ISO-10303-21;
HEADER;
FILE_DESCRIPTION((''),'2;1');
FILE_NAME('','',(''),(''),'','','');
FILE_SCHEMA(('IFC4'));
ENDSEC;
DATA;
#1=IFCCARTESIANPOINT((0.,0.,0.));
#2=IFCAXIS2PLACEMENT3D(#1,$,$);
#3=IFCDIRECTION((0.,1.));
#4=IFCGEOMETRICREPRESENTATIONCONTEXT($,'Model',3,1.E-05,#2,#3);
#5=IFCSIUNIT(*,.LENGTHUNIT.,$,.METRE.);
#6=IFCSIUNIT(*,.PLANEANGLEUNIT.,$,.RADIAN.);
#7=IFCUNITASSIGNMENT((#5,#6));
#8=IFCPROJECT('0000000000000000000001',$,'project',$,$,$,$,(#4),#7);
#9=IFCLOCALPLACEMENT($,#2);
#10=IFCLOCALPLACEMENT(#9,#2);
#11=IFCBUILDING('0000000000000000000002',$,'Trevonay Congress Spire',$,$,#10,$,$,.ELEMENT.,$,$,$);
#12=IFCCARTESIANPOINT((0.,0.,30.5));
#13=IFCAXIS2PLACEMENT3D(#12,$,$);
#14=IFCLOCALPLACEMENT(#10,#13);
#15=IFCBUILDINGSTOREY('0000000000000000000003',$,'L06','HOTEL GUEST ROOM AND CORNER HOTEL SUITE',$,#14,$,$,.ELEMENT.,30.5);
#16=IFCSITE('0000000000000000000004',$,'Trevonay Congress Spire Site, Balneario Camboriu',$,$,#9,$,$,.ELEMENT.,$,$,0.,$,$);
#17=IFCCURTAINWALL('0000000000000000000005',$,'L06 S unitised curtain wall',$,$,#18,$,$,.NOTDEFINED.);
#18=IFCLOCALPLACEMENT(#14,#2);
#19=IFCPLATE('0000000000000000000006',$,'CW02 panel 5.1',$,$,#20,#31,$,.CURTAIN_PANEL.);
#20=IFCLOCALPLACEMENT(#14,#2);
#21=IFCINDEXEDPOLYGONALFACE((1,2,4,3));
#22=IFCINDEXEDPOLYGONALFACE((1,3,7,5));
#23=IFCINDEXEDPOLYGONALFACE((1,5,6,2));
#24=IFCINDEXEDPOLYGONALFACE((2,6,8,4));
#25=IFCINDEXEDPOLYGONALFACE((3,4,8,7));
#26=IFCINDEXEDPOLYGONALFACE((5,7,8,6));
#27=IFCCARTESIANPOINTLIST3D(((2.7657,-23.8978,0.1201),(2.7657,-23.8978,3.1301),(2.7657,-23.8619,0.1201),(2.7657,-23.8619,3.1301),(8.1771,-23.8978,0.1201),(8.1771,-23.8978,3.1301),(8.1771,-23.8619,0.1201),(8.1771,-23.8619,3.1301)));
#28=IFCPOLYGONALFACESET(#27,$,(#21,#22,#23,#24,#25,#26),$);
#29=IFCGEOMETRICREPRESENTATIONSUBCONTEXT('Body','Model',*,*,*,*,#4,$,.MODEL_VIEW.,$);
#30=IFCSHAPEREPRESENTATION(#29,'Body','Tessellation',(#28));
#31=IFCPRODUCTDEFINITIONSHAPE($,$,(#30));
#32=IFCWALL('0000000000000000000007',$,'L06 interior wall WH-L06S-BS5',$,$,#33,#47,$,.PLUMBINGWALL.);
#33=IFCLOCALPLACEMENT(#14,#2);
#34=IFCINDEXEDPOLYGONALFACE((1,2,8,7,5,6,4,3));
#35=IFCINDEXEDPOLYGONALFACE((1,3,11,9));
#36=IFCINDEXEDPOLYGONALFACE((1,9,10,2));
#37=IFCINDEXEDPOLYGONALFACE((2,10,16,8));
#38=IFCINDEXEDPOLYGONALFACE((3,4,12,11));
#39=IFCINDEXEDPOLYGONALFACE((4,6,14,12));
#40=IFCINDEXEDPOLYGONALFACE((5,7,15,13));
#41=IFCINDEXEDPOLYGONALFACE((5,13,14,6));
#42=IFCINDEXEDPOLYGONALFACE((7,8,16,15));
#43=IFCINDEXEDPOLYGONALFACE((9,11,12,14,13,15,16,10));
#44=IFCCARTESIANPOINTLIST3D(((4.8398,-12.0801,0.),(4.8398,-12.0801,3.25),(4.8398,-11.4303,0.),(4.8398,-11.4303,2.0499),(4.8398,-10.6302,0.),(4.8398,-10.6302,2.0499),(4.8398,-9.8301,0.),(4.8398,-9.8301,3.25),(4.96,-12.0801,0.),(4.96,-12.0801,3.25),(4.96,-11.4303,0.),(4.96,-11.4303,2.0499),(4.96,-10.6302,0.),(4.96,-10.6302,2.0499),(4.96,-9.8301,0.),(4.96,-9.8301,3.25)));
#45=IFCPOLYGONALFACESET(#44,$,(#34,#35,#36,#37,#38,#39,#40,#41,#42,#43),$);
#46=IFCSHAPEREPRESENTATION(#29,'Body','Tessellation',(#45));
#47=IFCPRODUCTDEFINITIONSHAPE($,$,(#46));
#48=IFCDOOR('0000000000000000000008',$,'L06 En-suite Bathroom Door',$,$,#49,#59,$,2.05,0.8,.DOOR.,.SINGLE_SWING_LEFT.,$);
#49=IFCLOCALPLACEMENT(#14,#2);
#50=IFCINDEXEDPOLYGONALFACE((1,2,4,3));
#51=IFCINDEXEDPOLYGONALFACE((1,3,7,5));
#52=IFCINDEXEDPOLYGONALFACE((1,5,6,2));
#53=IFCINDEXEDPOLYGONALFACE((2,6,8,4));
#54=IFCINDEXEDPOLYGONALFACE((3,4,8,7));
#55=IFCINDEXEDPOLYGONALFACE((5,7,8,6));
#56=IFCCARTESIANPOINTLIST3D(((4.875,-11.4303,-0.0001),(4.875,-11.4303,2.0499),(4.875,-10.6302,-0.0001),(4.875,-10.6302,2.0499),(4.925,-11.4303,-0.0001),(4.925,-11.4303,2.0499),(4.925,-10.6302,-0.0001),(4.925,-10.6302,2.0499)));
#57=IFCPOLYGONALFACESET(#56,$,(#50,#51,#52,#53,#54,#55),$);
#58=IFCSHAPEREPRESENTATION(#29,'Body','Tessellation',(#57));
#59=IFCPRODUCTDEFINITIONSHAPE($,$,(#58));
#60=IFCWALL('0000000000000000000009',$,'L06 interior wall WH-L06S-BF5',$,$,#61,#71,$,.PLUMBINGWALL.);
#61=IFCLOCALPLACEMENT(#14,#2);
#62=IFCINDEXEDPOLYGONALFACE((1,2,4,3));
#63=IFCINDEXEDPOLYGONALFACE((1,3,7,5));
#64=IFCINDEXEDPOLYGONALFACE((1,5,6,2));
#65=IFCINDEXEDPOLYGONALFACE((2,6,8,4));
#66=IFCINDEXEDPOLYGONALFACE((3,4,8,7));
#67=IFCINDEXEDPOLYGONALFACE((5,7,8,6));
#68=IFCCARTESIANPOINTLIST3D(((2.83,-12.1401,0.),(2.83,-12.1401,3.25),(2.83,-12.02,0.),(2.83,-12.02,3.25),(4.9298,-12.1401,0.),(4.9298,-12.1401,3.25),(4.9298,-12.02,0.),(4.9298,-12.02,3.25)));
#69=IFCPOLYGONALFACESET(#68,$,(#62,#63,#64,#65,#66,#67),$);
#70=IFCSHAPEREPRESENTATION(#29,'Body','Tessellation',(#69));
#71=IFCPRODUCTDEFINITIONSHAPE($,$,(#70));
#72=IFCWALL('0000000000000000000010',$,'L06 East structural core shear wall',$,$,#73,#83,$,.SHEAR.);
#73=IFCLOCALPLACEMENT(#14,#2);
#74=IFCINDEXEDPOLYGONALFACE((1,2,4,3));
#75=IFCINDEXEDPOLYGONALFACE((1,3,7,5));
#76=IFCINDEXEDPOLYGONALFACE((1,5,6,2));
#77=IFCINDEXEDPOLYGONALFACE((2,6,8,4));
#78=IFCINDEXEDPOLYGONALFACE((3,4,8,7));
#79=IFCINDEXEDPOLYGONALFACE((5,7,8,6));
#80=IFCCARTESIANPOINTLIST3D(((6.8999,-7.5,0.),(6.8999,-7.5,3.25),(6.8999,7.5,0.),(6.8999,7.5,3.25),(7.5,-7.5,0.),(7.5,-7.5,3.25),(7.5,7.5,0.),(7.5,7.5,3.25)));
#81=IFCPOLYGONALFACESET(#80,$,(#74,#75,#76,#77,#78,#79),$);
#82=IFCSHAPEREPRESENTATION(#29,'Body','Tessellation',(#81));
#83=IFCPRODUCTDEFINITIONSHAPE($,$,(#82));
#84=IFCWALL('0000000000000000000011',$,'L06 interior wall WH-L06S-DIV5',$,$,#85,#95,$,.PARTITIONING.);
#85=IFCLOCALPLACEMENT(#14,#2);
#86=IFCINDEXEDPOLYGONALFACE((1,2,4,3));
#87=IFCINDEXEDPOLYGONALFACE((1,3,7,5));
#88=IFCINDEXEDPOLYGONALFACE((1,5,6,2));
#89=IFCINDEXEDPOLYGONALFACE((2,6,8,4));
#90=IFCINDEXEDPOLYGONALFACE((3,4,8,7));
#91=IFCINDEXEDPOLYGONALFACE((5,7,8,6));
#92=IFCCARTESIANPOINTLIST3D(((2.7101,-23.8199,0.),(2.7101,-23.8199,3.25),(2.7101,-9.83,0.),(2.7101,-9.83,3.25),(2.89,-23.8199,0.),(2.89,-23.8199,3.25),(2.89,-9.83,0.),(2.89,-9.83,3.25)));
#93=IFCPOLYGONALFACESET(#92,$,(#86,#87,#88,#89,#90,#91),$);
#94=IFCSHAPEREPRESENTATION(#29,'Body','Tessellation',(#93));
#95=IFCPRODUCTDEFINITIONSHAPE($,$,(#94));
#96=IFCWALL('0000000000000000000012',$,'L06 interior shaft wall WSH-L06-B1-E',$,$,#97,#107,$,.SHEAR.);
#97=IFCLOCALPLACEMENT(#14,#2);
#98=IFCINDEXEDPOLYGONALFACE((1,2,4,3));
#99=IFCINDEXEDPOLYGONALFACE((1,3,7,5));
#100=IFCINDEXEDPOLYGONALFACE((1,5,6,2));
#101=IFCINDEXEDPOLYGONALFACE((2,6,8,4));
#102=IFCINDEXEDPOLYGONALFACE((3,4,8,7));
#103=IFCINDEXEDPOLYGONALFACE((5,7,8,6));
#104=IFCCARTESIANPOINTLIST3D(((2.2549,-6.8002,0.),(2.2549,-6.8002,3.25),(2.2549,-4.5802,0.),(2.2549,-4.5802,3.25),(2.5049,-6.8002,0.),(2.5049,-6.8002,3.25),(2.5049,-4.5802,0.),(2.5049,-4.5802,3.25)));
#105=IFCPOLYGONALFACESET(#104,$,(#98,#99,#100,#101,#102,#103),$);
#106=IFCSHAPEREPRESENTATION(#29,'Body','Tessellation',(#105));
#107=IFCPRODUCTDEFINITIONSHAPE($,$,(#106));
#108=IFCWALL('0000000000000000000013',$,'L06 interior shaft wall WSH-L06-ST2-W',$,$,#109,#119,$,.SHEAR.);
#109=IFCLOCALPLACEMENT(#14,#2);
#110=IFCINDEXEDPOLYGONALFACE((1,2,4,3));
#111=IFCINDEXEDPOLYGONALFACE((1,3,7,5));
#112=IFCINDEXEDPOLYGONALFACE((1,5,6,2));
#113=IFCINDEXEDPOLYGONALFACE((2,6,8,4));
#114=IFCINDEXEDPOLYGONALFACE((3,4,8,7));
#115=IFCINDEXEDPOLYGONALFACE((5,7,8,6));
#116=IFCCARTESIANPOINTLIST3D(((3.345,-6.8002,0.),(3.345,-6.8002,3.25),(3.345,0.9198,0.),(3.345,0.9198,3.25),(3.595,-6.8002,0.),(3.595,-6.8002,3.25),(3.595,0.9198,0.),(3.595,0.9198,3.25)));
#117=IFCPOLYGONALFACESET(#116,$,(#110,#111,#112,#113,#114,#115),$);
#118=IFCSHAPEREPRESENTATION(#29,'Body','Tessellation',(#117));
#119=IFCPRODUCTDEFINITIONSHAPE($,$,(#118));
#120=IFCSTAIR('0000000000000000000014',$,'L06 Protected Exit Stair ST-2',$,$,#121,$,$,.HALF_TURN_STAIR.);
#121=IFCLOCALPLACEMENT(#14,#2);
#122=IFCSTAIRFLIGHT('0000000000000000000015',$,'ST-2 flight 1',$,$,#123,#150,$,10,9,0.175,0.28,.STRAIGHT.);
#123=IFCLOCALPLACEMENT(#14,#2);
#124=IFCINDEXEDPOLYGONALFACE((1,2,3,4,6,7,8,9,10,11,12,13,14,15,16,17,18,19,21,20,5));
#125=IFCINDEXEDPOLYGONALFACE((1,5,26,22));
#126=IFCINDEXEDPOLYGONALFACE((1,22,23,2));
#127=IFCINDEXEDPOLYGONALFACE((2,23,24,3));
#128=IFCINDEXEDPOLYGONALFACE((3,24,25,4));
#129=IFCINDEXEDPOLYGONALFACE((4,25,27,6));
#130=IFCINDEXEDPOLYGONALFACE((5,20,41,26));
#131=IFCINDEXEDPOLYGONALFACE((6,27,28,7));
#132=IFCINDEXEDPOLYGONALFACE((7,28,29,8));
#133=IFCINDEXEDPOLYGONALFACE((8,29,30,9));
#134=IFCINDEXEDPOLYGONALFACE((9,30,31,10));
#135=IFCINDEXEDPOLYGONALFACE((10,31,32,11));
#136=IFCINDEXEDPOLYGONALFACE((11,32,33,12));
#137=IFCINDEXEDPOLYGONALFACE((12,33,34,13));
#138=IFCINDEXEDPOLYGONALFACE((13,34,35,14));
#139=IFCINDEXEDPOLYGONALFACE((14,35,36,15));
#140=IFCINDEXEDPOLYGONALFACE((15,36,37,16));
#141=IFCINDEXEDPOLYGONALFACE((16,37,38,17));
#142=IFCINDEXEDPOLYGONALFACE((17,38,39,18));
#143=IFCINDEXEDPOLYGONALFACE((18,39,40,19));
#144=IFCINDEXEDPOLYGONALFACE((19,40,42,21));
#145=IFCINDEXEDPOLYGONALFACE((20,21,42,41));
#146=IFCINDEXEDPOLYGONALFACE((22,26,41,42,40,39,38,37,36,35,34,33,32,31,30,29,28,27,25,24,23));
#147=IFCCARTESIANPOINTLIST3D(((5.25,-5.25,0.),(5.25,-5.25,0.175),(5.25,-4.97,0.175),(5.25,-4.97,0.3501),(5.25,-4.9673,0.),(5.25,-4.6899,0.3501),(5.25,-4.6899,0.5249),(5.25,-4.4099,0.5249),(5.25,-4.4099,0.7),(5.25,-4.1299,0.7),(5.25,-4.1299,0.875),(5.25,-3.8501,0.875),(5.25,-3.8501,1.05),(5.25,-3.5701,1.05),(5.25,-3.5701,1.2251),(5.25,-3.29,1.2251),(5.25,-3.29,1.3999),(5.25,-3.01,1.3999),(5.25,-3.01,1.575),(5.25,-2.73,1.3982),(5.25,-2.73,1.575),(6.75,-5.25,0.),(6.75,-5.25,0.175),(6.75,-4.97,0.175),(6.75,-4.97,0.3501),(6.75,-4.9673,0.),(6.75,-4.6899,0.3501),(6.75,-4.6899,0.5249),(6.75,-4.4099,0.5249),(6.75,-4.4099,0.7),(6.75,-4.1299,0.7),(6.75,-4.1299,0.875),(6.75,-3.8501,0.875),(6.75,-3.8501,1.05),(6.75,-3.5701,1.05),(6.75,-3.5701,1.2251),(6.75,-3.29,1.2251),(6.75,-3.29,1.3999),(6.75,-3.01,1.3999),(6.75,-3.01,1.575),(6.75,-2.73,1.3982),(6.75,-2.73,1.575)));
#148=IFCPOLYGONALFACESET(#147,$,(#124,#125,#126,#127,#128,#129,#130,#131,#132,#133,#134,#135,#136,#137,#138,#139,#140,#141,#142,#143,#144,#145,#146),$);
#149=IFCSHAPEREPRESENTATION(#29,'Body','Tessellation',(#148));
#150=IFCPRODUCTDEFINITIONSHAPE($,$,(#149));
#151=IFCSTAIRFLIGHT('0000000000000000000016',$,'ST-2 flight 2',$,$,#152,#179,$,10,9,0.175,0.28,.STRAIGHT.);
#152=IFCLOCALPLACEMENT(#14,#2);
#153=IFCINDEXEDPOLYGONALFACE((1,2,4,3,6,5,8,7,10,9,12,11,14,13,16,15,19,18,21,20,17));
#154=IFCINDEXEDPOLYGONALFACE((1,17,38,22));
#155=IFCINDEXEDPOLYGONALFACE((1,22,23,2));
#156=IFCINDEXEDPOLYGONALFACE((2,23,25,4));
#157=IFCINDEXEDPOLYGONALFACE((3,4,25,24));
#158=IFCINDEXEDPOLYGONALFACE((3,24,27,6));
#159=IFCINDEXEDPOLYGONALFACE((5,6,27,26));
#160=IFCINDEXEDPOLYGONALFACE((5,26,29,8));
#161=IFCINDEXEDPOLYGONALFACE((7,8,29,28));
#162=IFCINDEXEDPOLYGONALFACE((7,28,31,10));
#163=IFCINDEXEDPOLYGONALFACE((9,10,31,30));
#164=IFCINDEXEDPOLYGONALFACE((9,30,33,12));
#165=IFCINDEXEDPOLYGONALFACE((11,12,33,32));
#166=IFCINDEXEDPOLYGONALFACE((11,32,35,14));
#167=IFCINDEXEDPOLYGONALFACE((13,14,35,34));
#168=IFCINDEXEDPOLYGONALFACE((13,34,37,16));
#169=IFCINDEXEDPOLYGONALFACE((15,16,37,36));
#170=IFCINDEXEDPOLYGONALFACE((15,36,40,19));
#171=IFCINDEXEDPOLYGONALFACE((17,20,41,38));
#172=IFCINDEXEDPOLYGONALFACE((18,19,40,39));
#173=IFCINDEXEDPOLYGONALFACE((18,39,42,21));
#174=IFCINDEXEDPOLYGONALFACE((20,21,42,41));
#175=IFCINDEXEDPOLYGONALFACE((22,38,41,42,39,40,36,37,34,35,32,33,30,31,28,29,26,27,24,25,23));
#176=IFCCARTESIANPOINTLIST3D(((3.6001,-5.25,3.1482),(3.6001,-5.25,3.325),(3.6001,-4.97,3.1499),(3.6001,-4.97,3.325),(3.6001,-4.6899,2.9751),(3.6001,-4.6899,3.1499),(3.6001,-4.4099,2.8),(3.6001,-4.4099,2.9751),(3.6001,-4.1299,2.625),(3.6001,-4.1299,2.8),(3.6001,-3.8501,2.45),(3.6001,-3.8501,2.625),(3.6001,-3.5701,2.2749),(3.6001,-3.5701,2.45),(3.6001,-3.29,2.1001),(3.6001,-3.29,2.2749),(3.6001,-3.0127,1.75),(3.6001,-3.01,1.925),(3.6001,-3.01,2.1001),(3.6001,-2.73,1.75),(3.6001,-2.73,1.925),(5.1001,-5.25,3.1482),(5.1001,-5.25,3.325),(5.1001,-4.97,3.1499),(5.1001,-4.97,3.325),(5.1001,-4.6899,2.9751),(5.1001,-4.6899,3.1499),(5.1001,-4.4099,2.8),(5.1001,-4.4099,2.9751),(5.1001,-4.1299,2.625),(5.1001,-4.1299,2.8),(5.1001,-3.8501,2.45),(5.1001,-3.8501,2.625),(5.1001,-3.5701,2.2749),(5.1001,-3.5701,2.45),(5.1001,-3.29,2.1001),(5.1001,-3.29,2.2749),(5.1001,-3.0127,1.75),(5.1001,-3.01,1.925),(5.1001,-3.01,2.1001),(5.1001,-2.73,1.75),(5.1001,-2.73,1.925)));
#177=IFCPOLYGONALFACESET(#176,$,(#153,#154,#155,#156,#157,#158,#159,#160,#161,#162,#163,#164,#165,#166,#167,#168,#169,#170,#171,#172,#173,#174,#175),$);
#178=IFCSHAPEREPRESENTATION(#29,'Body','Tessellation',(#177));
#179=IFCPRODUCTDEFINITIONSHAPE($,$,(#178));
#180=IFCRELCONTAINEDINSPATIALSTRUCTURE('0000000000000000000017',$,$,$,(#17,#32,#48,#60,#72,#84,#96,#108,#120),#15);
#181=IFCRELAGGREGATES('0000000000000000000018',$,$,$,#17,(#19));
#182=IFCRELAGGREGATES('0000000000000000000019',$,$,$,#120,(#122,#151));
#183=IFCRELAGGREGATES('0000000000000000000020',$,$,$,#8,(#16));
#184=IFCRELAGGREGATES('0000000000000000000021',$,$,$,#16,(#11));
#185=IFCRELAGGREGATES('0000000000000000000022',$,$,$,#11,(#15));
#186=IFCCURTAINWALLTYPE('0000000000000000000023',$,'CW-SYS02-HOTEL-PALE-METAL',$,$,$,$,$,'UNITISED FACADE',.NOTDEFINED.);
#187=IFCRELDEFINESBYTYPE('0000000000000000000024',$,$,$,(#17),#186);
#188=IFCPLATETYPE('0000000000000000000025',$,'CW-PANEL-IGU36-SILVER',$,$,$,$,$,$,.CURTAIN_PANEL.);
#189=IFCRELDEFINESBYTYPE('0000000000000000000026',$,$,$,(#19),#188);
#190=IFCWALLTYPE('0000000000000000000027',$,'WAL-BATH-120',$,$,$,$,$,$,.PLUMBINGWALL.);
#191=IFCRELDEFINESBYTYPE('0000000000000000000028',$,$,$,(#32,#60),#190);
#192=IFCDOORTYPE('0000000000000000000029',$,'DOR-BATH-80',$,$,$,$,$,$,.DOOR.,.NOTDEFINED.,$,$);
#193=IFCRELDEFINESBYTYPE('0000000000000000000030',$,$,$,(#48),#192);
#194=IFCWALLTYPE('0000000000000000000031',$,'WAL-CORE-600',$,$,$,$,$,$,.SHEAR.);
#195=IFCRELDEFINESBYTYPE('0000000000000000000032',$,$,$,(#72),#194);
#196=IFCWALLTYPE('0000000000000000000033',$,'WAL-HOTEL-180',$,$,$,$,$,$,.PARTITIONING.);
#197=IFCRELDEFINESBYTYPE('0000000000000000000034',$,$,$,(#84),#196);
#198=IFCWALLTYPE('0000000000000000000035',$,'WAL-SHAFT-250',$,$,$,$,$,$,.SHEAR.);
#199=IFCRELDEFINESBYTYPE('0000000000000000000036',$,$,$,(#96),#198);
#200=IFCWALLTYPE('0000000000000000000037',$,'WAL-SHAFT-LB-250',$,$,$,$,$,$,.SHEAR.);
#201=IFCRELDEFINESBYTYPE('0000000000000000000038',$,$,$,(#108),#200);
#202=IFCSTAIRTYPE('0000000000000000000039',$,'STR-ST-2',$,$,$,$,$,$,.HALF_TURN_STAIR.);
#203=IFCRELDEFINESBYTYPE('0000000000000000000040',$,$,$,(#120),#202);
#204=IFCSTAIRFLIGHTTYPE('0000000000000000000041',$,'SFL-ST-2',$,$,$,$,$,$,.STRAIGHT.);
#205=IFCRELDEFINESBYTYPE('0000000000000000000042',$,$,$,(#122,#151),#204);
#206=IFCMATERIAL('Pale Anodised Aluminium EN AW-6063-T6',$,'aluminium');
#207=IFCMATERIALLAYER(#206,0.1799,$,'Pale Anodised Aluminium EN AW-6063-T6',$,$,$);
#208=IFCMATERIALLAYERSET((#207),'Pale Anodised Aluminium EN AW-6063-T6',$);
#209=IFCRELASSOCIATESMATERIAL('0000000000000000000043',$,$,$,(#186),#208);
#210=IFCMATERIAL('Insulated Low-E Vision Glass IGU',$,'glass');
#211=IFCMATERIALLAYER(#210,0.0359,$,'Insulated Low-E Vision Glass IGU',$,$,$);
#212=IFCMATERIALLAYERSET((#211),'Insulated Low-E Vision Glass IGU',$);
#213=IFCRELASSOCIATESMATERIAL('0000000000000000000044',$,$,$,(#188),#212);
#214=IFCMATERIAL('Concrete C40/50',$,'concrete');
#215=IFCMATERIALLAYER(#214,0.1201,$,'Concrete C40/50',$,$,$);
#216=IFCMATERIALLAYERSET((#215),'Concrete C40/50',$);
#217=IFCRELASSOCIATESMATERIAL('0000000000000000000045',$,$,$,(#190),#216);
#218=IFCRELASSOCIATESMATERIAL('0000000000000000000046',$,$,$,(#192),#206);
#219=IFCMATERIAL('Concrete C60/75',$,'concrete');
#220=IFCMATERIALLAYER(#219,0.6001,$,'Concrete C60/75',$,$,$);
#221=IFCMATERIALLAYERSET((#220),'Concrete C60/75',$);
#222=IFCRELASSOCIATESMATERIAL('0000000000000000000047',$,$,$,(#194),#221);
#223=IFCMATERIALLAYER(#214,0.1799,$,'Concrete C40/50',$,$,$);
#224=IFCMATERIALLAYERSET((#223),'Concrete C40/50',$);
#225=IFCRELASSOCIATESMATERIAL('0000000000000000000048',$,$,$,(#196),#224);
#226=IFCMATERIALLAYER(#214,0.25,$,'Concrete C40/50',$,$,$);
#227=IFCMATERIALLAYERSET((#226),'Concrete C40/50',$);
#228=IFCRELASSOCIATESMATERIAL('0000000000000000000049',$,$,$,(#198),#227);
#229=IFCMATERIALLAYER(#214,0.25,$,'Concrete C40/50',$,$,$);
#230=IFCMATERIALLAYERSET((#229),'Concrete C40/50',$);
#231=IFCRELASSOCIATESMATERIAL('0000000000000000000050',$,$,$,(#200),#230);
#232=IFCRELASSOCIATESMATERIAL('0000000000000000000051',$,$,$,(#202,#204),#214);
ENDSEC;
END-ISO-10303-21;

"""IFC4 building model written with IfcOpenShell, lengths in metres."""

from ifc_helpers import new_model, si_unit, direction, frame, frame_2d, origin, origin_2d, place, context, subcontext, project, spatial, polyline, rectangle, outline, extrude, material, layer, layer_set, type_object, element, fill, aggregate, save


model = new_model("IFC4")

# Units and contexts
model_context = context("Model", 3, precision=1e-05, world=origin(), true_north=direction((0.0, 1.0)))
body_context = subcontext(model_context, "Body", "Model", "MODEL_VIEW")
ifc_project = project(units=[si_unit("LENGTHUNIT", "METRE"), si_unit("PLANEANGLEUNIT", "RADIAN")], contexts=[model_context])

# Site, building, storey
site_placement = place(None, origin())
site = spatial("IfcSite", under=ifc_project, at=site_placement, Name="Trevonay Congress Spire Site, Balneario Camboriu", CompositionType="ELEMENT", RefElevation=0.0)
building_placement = place(site_placement, origin())
building = spatial("IfcBuilding", under=site, at=building_placement, Name="Trevonay Congress Spire", CompositionType="ELEMENT")
storey_placement = place(building_placement, frame((0.0, 0.0, 30.5)))
storey = spatial("IfcBuildingStorey", under=building, at=storey_placement, Name="L06", Description="HOTEL GUEST ROOM AND CORNER HOTEL SUITE", CompositionType="ELEMENT", Elevation=30.5)

# Curtain wall
ifc_material_1 = material(Name="Pale Anodised Aluminium EN AW-6063-T6", Category="aluminium")
ifc_layer_1 = layer(ifc_material_1, 0.1799, Name="Pale Anodised Aluminium EN AW-6063-T6")
ifc_layer_set_1 = layer_set([ifc_layer_1], Name="Pale Anodised Aluminium EN AW-6063-T6")
curtain_wall_type = type_object("IfcCurtainWallType", Name="CW-SYS02-HOTEL-PALE-METAL", ElementType="UNITISED FACADE", PredefinedType="NOTDEFINED", material=ifc_layer_set_1)
curtain_wall_placement = place(storey_placement, origin())
curtain_wall = element("IfcCurtainWall", 1, at=curtain_wall_placement, inside=storey, type_object=curtain_wall_type, Name="L06 S unitised curtain wall", PredefinedType="NOTDEFINED")

# Plate
ifc_material_2 = material(Name="Insulated Low-E Vision Glass IGU", Category="glass")
ifc_layer_2 = layer(ifc_material_2, 0.0359, Name="Insulated Low-E Vision Glass IGU")
ifc_layer_set_2 = layer_set([ifc_layer_2], Name="Insulated Low-E Vision Glass IGU")
plate_type = type_object("IfcPlateType", Name="CW-PANEL-IGU36-SILVER", PredefinedType="CURTAIN_PANEL", material=ifc_layer_set_2)
plate_placement = place(storey_placement, frame((5.4714, -23.8799, 0.1201), z_axis=(0.0, 0.0, 1.0), x_axis=(1.0, 0.0, 0.0)))
plate = element("IfcPlate", 2, at=plate_placement, type_object=plate_type, Name="CW02 panel 5.1", PredefinedType="CURTAIN_PANEL", context=body_context, shape_type="SweptSolid", body=[
    extrude(rectangle(XDim=5.4114, YDim=0.0359, at=origin_2d()), origin(), (0.0, 0.0, 1.0), 3.01),
])
aggregate(curtain_wall, [plate])

# Wall, opening, door
ifc_material_3 = material(Name="Concrete C40/50", Category="concrete")
ifc_layer_3 = layer(ifc_material_3, 0.1201, Name="Concrete C40/50")
ifc_layer_set_3 = layer_set([ifc_layer_3], Name="Concrete C40/50")
wall_type_1 = type_object("IfcWallType", Name="WAL-BATH-120", PredefinedType="PLUMBINGWALL", material=ifc_layer_set_3)
wall_1_placement = place(storey_placement, frame((4.8999, -12.0801, 0.0), z_axis=(0.0, 0.0, 1.0), x_axis=(0.0, 1.0, 0.0)))
wall_1 = element("IfcWall", 3, at=wall_1_placement, inside=storey, type_object=wall_type_1, Name="L06 interior wall WH-L06S-BS5", PredefinedType="PLUMBINGWALL", context=body_context, shape_type="SweptSolid", body=[
    extrude(rectangle(XDim=2.25, YDim=0.1201, at=frame_2d((1.125, 0.0))), origin(), (0.0, 0.0, 1.0), 3.25),
])
opening_placement = place(wall_1_placement, frame((0.6499, 0.0, 0.0)))
opening = element("IfcOpeningElement", 4, at=opening_placement, cuts=wall_1, PredefinedType="OPENING", context=body_context, shape_type="SweptSolid", body=[
    extrude(rectangle(XDim=0.8, YDim=2.05, at=frame_2d((0.3999, 1.0249))), frame((0.0, 0.0701, 0.0), z_axis=(0.0, -1.0, 0.0), x_axis=(1.0, 0.0, 0.0)), (0.0, 0.0, 1.0), 0.1401),
])
door_type = type_object("IfcDoorType", Name="DOR-BATH-80", OperationType="NOTDEFINED", PredefinedType="DOOR", material=ifc_material_1)
door_placement = place(opening_placement, origin())
door = element("IfcDoor", 5, at=door_placement, inside=storey, type_object=door_type, Name="L06 En-suite Bathroom Door", OperationType="SINGLE_SWING_LEFT", OverallHeight=2.05, OverallWidth=0.8, PredefinedType="DOOR", context=body_context, shape_type="SweptSolid", body=[
    extrude(rectangle(XDim=0.8, YDim=2.05, at=frame_2d((0.3999, 1.0249))), frame((0.0, 0.0249, 0.0), z_axis=(0.0, -1.0, 0.0), x_axis=(1.0, 0.0, 0.0)), (0.0, 0.0, 1.0), 0.05),
])
fill(opening, door)

# Walls
wall_2_placement = place(storey_placement, frame((2.8301, -12.0801, 0.0), z_axis=(0.0, 0.0, 1.0), x_axis=(1.0, 0.0, 0.0)))
element("IfcWall", 6, at=wall_2_placement, inside=storey, type_object=wall_type_1, Name="L06 interior wall WH-L06S-BF5", PredefinedType="PLUMBINGWALL", context=body_context, shape_type="SweptSolid", body=[
    extrude(rectangle(XDim=2.0999, YDim=0.1201, at=frame_2d((1.0498, 0.0))), origin(), (0.0, 0.0, 1.0), 3.25),
])
ifc_material_4 = material(Name="Concrete C60/75", Category="concrete")
ifc_layer_4 = layer(ifc_material_4, 0.6001, Name="Concrete C60/75")
ifc_layer_set_4 = layer_set([ifc_layer_4], Name="Concrete C60/75")
wall_type_2 = type_object("IfcWallType", Name="WAL-CORE-600", PredefinedType="SHEAR", material=ifc_layer_set_4)
wall_3_placement = place(storey_placement, frame((7.2, -7.5, 0.0), z_axis=(0.0, 0.0, 1.0), x_axis=(0.0, 1.0, 0.0)))
element("IfcWall", 7, at=wall_3_placement, inside=storey, type_object=wall_type_2, Name="L06 East structural core shear wall", PredefinedType="SHEAR", context=body_context, shape_type="SweptSolid", body=[
    extrude(rectangle(XDim=15.0, YDim=0.6001, at=frame_2d((7.5, 0.0))), origin(), (0.0, 0.0, 1.0), 3.25),
])
ifc_layer_5 = layer(ifc_material_3, 0.1799, Name="Concrete C40/50")
ifc_layer_set_5 = layer_set([ifc_layer_5], Name="Concrete C40/50")
wall_type_3 = type_object("IfcWallType", Name="WAL-HOTEL-180", PredefinedType="PARTITIONING", material=ifc_layer_set_5)
wall_4_placement = place(storey_placement, frame((2.8, -23.8201, 0.0), z_axis=(0.0, 0.0, 1.0), x_axis=(0.0, 1.0, 0.0)))
element("IfcWall", 8, at=wall_4_placement, inside=storey, type_object=wall_type_3, Name="L06 interior wall WH-L06S-DIV5", PredefinedType="PARTITIONING", context=body_context, shape_type="SweptSolid", body=[
    extrude(rectangle(XDim=13.99, YDim=0.1799, at=frame_2d((6.9951, 0.0))), origin(), (0.0, 0.0, 1.0), 3.25),
])
ifc_layer_6 = layer(ifc_material_3, 0.25, Name="Concrete C40/50")
ifc_layer_set_6 = layer_set([ifc_layer_6], Name="Concrete C40/50")
wall_type_4 = type_object("IfcWallType", Name="WAL-SHAFT-250", PredefinedType="SHEAR", material=ifc_layer_set_6)
wall_5_placement = place(storey_placement, frame((2.3799, -6.8, 0.0), z_axis=(0.0, 0.0, 1.0), x_axis=(0.0, 1.0, 0.0)))
element("IfcWall", 9, at=wall_5_placement, inside=storey, type_object=wall_type_4, Name="L06 interior shaft wall WSH-L06-B1-E", PredefinedType="SHEAR", context=body_context, shape_type="SweptSolid", body=[
    extrude(rectangle(XDim=2.22, YDim=0.25, at=frame_2d((1.1099, 0.0))), origin(), (0.0, 0.0, 1.0), 3.25),
])
ifc_layer_7 = layer(ifc_material_3, 0.25, Name="Concrete C40/50")
ifc_layer_set_7 = layer_set([ifc_layer_7], Name="Concrete C40/50")
wall_type_5 = type_object("IfcWallType", Name="WAL-SHAFT-LB-250", PredefinedType="SHEAR", material=ifc_layer_set_7)
wall_6_placement = place(storey_placement, frame((3.47, -6.8, 0.0), z_axis=(0.0, 0.0, 1.0), x_axis=(0.0, 1.0, 0.0)))
element("IfcWall", 10, at=wall_6_placement, inside=storey, type_object=wall_type_5, Name="L06 interior shaft wall WSH-L06-ST2-W", PredefinedType="SHEAR", context=body_context, shape_type="SweptSolid", body=[
    extrude(rectangle(XDim=7.72, YDim=0.25, at=frame_2d((3.8599, 0.0))), origin(), (0.0, 0.0, 1.0), 3.25),
])

# Stair, stair flights
stair_type = type_object("IfcStairType", Name="STR-ST-2", PredefinedType="HALF_TURN_STAIR", material=ifc_material_3)
stair_placement = place(storey_placement, origin())
stair = element("IfcStair", 11, at=stair_placement, inside=storey, type_object=stair_type, Name="L06 Protected Exit Stair ST-2", PredefinedType="HALF_TURN_STAIR")
stair_flight_type = type_object("IfcStairFlightType", Name="SFL-ST-2", PredefinedType="STRAIGHT", material=ifc_material_3)
stair_flight_1_placement = place(storey_placement, frame((6.0, -5.25, 0.0), z_axis=(0.0, 0.0, 1.0), x_axis=(0.0, 1.0, 0.0)))
stair_flight_1 = element("IfcStairFlight", 12, at=stair_flight_1_placement, type_object=stair_flight_type, Name="ST-2 flight 1", NumberOfRisers=10, NumberOfTreads=9, PredefinedType="STRAIGHT", RiserHeight=0.175, TreadLength=0.28, context=body_context, shape_type="SweptSolid", body=[
    extrude(outline(polyline([(0.0, 0.0), (0.0, 0.175), (0.28, 0.175), (0.28, 0.3501), (0.5601, 0.3501), (0.5601, 0.5249), (0.8401, 0.5249), (0.8401, 0.7), (1.1201, 0.7), (1.1201, 0.875), (1.3999, 0.875), (1.3999, 1.05), (1.6799, 1.05), (1.6799, 1.2251), (1.96, 1.2251), (1.96, 1.3999), (2.24, 1.3999), (2.24, 1.575), (2.52, 1.575), (2.52, 1.75), (2.52, 1.3982), (0.2827, 0.0), (0.0, 0.0)])), frame((0.0, 0.75, 0.0), z_axis=(0.0, -1.0, 0.0), x_axis=(1.0, 0.0, 0.0)), (0.0, 0.0, 1.0), 1.5),
])
stair_flight_2_placement = place(storey_placement, frame((4.3501, -2.73, 1.75), z_axis=(0.0, 0.0, 1.0), x_axis=(0.0, -1.0, 0.0)))
stair_flight_2 = element("IfcStairFlight", 13, at=stair_flight_2_placement, type_object=stair_flight_type, Name="ST-2 flight 2", NumberOfRisers=10, NumberOfTreads=9, PredefinedType="STRAIGHT", RiserHeight=0.175, TreadLength=0.28, context=body_context, shape_type="SweptSolid", body=[
    extrude(outline(polyline([(0.0, 0.0), (0.0, 0.175), (0.28, 0.175), (0.28, 0.3501), (0.5601, 0.3501), (0.5601, 0.5249), (0.8401, 0.5249), (0.8401, 0.7), (1.1201, 0.7), (1.1201, 0.875), (1.3999, 0.875), (1.3999, 1.05), (1.6799, 1.05), (1.6799, 1.2251), (1.96, 1.2251), (1.96, 1.3999), (2.24, 1.3999), (2.24, 1.575), (2.52, 1.575), (2.52, 1.75), (2.52, 1.3982), (0.2827, 0.0), (0.0, 0.0)])), frame((0.0, 0.75, 0.0), z_axis=(0.0, -1.0, 0.0), x_axis=(1.0, 0.0, 0.0)), (0.0, 0.0, 1.0), 1.5),
])
aggregate(stair, [stair_flight_1, stair_flight_2])

save(model, "model.ifc")
